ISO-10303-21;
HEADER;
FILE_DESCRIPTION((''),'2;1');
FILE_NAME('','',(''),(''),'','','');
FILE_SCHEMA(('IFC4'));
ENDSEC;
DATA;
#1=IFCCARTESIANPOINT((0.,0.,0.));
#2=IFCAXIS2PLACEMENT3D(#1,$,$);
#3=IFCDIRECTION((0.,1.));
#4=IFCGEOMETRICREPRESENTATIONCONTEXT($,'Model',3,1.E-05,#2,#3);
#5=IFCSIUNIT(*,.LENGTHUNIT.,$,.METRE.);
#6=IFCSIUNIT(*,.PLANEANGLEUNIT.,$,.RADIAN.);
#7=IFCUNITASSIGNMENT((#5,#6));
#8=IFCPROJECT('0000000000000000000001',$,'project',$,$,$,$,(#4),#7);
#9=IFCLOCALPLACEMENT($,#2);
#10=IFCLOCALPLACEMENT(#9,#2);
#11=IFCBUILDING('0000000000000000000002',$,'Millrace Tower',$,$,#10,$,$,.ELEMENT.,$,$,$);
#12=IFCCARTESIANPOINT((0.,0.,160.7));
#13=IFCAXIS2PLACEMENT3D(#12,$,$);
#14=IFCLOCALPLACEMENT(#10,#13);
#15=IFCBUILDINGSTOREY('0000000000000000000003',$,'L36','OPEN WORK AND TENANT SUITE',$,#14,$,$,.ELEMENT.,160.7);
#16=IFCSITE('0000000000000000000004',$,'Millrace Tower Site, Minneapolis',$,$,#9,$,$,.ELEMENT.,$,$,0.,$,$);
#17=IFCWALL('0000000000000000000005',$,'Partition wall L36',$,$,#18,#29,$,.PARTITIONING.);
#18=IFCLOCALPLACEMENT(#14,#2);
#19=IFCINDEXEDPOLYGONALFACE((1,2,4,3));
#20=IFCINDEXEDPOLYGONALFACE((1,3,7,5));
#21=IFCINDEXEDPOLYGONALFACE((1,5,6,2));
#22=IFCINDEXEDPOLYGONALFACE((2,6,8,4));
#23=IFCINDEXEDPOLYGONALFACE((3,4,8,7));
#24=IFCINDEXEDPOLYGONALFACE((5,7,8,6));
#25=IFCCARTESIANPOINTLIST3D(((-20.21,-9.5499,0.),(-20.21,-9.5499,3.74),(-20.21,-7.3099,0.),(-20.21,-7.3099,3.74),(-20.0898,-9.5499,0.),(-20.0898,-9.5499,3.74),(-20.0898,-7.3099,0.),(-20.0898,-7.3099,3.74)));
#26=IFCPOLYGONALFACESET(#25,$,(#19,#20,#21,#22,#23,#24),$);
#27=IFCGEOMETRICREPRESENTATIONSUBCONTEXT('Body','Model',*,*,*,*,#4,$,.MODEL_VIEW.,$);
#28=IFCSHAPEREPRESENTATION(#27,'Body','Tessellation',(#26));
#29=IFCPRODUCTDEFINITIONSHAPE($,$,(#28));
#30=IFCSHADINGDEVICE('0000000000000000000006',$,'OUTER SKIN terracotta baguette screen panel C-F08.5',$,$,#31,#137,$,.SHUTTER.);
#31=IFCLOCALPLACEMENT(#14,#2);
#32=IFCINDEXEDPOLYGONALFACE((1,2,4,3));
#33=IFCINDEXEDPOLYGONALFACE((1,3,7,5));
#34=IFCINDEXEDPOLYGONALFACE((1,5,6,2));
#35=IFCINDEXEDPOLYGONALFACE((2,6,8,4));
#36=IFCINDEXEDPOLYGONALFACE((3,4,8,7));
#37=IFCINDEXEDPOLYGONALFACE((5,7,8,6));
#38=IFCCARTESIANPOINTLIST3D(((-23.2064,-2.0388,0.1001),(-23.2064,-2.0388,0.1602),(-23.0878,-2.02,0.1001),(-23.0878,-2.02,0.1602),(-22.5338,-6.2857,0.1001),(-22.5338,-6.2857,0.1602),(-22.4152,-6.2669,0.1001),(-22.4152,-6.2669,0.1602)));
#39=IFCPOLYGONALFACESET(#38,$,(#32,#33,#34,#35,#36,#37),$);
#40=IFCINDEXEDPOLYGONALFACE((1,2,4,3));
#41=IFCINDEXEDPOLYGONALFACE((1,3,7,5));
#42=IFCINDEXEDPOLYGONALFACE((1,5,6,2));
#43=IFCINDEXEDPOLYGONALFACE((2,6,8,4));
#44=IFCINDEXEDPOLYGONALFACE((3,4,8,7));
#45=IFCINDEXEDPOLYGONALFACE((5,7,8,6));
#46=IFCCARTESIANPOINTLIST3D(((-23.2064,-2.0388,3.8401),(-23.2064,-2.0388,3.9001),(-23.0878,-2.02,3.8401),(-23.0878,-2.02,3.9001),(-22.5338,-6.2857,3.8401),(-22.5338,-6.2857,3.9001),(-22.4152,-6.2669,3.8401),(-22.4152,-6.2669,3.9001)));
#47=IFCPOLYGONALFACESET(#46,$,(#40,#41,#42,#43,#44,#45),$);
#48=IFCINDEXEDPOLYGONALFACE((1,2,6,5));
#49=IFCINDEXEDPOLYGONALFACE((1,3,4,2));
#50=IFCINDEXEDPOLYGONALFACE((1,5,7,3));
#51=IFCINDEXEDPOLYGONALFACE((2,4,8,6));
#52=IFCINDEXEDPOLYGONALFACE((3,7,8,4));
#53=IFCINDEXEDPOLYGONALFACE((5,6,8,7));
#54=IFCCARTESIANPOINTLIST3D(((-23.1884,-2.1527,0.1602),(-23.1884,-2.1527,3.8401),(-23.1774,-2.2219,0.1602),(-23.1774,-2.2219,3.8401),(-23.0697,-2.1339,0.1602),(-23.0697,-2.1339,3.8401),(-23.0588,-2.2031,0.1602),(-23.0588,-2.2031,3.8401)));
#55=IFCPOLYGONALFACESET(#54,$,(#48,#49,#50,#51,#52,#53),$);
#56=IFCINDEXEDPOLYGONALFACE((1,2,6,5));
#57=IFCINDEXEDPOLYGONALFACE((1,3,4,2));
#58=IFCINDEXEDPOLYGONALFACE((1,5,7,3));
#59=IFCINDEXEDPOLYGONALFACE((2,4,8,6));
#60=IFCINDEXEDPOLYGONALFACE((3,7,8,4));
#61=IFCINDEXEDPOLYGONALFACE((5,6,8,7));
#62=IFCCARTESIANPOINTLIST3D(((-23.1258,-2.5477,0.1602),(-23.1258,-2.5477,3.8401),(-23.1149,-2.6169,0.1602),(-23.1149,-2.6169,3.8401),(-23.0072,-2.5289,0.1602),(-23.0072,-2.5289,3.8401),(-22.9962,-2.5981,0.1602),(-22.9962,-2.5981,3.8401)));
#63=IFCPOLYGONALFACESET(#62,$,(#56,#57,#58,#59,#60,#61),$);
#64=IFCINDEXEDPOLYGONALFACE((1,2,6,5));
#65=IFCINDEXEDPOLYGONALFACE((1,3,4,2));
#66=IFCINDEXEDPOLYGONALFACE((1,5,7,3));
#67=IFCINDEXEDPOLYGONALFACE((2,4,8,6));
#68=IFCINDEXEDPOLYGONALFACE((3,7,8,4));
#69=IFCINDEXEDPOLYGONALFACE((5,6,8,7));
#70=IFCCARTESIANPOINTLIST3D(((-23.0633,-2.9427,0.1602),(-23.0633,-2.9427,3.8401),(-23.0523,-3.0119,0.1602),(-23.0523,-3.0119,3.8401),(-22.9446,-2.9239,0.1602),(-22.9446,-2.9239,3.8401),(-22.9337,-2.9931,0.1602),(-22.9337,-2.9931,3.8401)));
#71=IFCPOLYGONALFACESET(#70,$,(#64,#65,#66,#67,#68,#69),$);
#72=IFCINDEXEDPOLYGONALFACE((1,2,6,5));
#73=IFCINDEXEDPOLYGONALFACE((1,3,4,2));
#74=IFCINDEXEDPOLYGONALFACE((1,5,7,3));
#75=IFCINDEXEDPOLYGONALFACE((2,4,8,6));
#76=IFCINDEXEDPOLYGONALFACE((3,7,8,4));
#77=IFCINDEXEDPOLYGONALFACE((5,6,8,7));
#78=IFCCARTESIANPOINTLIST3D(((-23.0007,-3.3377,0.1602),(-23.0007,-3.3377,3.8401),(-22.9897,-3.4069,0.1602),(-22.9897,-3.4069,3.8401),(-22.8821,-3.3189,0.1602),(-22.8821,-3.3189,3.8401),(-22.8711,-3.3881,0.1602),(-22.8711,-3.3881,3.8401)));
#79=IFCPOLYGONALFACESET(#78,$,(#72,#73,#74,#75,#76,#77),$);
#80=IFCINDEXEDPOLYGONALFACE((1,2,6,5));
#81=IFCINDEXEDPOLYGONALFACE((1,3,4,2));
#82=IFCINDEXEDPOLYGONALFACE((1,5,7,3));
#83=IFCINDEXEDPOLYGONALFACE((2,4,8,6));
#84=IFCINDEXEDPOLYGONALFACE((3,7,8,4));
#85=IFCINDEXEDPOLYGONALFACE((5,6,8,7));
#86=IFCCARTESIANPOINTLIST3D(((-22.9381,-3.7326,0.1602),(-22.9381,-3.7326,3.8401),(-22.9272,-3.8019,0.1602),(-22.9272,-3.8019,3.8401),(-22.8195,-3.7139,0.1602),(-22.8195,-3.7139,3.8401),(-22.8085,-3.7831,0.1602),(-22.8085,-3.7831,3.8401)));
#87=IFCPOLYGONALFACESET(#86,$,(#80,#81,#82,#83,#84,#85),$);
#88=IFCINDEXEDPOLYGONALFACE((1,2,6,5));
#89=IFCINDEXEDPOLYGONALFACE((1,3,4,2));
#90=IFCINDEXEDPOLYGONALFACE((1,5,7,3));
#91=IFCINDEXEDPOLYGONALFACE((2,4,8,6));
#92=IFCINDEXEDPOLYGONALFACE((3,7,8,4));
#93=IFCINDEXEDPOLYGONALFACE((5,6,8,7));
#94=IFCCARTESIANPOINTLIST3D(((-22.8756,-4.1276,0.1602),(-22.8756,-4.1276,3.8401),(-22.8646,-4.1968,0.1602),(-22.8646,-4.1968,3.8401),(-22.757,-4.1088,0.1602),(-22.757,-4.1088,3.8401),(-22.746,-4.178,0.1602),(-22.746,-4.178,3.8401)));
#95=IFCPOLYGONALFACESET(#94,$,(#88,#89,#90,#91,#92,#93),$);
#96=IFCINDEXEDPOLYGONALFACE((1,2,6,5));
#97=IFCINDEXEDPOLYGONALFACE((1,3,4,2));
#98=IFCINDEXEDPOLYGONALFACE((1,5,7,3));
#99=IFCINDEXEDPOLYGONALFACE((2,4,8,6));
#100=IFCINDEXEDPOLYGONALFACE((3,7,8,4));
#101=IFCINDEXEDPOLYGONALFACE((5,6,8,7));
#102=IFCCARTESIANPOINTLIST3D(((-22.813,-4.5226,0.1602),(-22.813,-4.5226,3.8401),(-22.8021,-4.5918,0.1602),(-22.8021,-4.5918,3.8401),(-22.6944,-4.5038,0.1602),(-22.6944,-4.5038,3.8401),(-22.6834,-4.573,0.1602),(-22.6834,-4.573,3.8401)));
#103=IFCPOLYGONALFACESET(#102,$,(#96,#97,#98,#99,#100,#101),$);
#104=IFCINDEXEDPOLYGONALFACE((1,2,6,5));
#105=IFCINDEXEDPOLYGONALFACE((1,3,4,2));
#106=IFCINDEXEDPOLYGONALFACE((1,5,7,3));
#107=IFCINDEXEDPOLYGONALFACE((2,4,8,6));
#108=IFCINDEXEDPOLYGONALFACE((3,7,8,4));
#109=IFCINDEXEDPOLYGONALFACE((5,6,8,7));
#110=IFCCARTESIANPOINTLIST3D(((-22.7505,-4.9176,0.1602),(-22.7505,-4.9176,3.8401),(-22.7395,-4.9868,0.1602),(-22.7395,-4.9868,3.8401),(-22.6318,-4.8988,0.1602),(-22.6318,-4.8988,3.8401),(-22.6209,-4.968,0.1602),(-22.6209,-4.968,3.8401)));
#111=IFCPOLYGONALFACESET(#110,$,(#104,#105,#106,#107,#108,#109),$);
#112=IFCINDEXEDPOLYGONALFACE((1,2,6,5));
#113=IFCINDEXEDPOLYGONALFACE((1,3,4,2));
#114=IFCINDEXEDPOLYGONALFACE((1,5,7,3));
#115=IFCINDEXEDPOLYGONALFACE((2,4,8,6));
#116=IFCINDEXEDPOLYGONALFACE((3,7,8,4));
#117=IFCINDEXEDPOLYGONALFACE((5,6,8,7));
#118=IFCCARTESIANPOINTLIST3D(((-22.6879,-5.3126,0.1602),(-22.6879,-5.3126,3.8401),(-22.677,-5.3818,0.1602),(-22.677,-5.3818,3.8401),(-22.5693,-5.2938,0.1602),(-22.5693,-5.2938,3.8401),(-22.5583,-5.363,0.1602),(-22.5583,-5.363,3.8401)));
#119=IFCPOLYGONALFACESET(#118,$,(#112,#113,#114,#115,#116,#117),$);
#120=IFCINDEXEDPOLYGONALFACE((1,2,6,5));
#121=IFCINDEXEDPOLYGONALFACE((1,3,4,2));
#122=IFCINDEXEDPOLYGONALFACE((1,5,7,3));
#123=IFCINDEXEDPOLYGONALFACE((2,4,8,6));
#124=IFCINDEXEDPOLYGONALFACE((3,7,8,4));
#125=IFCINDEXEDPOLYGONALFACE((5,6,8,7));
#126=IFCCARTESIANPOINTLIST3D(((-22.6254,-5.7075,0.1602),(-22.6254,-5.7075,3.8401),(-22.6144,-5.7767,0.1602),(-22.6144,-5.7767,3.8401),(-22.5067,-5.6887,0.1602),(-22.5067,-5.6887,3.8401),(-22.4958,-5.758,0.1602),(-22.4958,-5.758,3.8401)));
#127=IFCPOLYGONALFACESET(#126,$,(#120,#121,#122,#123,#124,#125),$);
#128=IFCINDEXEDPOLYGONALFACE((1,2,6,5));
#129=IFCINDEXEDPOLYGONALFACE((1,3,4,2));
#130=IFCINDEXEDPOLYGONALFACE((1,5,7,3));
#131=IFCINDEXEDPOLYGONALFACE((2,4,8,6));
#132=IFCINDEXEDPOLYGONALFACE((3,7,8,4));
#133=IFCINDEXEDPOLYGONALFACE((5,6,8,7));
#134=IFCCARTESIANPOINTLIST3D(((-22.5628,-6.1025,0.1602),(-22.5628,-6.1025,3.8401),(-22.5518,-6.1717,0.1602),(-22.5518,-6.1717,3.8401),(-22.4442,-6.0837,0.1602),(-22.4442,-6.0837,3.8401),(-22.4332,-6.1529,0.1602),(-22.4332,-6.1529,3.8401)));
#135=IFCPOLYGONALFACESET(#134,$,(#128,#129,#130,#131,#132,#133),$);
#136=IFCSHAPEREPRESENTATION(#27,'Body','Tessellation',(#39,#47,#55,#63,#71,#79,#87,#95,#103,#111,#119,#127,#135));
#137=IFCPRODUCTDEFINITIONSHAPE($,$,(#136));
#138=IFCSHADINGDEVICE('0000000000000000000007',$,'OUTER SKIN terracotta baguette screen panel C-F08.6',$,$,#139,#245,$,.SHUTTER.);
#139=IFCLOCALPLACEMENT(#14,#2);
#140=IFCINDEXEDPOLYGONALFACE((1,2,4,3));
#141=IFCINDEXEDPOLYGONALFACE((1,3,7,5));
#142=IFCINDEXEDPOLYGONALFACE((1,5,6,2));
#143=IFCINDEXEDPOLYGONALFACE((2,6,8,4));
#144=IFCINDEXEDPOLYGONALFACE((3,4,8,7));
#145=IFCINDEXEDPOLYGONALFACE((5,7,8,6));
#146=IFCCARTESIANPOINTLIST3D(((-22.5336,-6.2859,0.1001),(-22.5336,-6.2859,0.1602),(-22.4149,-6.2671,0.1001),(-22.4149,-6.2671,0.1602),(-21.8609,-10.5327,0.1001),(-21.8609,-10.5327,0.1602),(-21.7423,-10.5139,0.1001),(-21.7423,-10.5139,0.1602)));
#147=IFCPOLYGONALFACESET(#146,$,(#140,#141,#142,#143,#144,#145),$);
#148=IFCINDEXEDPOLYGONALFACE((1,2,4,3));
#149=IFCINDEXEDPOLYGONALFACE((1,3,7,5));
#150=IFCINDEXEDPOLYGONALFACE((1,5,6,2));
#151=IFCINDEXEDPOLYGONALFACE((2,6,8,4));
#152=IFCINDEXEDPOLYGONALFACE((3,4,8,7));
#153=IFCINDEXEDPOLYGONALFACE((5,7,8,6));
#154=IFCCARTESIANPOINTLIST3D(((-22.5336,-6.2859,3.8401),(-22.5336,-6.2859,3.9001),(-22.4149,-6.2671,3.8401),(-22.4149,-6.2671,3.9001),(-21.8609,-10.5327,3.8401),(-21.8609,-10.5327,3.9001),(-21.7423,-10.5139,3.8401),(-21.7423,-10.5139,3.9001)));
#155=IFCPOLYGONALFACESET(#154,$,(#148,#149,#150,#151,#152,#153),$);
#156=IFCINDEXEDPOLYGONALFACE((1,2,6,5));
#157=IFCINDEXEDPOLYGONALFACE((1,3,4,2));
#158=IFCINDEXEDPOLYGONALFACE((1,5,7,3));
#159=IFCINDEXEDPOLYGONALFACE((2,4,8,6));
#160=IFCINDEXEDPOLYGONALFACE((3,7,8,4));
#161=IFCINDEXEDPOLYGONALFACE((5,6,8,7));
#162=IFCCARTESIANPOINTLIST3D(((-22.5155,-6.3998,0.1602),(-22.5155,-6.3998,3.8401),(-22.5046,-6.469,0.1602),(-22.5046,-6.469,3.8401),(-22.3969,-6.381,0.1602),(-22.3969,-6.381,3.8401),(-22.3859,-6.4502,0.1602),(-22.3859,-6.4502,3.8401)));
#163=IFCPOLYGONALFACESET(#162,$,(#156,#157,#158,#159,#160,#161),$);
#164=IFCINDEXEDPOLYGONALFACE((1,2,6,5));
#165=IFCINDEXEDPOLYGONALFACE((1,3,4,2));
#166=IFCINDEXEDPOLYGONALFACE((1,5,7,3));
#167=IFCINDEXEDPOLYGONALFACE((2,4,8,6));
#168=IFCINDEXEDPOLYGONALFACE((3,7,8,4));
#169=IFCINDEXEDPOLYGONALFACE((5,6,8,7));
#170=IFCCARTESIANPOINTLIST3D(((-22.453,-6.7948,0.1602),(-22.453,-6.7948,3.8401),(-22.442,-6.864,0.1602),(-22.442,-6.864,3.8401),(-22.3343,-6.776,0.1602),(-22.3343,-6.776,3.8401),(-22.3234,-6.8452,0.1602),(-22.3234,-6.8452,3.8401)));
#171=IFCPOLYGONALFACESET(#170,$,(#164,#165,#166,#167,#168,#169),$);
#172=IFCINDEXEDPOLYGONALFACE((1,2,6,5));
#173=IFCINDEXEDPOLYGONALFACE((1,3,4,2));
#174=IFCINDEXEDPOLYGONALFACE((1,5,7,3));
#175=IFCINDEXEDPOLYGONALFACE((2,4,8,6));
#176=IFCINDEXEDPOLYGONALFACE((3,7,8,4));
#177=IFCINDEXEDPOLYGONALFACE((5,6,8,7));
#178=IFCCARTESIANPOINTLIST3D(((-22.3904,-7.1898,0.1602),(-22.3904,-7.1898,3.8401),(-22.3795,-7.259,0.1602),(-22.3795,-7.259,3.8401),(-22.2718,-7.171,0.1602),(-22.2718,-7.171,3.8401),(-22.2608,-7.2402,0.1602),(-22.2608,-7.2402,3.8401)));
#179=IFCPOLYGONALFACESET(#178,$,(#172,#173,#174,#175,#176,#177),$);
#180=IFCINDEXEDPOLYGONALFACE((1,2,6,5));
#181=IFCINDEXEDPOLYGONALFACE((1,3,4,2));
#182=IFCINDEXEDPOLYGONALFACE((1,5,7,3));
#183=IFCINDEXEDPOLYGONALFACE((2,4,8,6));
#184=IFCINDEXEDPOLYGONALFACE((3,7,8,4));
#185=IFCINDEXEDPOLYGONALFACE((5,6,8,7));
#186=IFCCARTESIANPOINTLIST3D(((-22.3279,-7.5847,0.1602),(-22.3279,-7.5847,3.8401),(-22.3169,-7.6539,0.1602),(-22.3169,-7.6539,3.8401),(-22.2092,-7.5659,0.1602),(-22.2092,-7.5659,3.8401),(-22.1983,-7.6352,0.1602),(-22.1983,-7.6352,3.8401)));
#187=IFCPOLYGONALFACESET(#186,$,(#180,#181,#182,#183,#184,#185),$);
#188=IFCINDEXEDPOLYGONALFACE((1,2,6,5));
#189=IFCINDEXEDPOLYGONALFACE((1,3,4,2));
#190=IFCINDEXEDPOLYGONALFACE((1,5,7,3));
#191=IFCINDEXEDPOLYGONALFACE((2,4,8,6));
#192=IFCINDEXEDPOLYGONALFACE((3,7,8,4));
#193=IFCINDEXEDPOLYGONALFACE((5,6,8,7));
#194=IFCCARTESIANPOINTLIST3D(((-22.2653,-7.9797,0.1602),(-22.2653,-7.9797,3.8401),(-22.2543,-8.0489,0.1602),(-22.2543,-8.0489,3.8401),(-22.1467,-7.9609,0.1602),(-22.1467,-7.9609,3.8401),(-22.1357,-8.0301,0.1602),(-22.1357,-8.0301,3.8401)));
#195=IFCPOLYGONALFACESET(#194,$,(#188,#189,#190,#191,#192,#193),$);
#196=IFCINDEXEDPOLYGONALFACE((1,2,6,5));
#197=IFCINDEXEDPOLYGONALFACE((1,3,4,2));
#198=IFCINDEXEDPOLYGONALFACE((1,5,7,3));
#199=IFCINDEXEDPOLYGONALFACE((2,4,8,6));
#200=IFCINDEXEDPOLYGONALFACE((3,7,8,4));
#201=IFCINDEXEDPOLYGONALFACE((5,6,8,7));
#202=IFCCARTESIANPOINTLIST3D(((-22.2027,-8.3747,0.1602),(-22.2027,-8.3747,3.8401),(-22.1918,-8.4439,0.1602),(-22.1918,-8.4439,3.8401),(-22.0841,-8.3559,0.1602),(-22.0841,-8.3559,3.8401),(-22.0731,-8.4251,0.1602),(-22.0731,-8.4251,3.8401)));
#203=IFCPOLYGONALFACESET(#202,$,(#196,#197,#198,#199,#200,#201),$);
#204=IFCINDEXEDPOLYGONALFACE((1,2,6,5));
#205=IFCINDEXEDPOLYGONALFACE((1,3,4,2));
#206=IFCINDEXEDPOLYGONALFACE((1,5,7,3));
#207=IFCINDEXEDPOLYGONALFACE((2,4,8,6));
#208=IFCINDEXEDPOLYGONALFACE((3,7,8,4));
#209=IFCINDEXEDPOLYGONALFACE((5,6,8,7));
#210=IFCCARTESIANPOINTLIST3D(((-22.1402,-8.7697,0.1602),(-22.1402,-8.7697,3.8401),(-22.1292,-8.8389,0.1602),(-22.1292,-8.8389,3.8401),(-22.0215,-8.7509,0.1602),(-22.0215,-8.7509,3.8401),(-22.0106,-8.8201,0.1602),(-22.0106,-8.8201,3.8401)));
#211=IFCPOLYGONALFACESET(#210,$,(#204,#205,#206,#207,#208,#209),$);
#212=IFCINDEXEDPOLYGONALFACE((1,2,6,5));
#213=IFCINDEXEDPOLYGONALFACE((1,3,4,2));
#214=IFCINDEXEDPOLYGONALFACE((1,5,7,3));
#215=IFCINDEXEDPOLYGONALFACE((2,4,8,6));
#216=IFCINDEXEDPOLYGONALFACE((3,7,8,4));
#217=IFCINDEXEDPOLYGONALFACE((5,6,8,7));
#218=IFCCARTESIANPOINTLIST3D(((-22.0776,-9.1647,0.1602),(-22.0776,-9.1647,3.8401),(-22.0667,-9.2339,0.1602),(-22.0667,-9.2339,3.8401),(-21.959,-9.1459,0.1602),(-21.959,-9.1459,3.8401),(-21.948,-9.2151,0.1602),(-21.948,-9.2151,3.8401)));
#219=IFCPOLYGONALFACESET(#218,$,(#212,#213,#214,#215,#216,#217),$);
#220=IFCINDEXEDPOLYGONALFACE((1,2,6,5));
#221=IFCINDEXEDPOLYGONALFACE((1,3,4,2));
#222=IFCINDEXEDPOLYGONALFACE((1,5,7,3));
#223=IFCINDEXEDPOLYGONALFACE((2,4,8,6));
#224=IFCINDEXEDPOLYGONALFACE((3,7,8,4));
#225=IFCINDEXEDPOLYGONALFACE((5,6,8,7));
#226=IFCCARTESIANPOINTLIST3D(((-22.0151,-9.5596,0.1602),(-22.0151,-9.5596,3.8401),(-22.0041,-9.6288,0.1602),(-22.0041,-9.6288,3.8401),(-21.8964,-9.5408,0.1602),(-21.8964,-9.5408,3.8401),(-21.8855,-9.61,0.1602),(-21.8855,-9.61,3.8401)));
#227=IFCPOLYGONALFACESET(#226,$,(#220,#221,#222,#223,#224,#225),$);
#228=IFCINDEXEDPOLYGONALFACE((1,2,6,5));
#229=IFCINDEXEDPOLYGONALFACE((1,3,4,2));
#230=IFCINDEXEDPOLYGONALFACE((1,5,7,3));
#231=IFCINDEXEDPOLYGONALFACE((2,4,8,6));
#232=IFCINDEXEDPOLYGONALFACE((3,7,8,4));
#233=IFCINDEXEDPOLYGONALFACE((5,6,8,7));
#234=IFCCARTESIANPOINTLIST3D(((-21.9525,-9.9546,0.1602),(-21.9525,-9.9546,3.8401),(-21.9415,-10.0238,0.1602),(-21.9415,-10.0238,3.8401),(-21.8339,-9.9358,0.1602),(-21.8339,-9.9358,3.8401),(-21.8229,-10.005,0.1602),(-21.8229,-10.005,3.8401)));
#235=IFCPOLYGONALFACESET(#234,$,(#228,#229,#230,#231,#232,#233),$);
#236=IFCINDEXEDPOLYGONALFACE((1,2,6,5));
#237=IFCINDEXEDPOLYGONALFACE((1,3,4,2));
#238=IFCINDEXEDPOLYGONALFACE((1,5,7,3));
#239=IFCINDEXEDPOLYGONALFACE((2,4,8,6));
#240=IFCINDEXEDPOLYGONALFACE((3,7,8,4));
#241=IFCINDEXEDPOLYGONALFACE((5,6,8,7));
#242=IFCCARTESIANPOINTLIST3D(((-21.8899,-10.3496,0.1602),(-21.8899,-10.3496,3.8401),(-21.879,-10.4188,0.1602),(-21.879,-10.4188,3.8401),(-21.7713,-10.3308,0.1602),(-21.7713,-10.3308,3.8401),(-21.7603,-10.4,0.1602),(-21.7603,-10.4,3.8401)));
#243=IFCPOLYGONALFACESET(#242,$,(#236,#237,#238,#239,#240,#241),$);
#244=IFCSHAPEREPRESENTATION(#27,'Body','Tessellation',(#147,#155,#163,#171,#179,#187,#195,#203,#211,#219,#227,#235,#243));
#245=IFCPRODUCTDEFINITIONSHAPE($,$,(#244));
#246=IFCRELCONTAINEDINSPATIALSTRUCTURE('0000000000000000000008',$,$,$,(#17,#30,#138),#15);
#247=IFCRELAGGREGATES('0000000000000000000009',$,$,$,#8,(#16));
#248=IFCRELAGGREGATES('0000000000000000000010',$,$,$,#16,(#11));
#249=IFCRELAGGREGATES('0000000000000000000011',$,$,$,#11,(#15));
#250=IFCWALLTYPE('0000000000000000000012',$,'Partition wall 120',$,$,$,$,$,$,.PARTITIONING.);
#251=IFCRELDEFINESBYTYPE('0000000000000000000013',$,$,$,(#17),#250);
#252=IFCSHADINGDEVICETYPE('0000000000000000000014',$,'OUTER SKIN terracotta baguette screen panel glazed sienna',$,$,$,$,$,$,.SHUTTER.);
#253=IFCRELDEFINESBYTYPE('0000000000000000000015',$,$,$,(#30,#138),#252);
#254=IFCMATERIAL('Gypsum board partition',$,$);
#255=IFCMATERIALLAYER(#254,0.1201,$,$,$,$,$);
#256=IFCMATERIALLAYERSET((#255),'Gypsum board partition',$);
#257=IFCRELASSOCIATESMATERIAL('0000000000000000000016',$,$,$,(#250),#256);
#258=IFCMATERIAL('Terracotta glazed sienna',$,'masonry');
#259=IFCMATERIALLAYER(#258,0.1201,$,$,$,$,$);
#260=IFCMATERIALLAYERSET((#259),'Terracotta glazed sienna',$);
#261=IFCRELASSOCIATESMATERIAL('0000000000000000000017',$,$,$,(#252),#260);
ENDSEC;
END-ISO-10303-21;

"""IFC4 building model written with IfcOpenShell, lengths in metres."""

from ifc_helpers import new_model, entity, si_unit, direction, frame, frame_2d, origin, origin_2d, place, context, subcontext, project, spatial, rectangle, extrude, source, transform, mapped, material, layer, layer_set, type_object, element, save


model = new_model("IFC4")

# Units and contexts
model_context = context("Model", 3, precision=1e-05, world=origin(), true_north=direction((0.0, 1.0)))
body_context = subcontext(model_context, "Body", "Model", "MODEL_VIEW")
ifc_project = project(units=[si_unit("LENGTHUNIT", "METRE"), si_unit("PLANEANGLEUNIT", "RADIAN")], contexts=[model_context])

# Site, building, storey
site_placement = place(None, origin())
site = spatial("IfcSite", under=ifc_project, at=site_placement, Name="Millrace Tower Site, Minneapolis", CompositionType="ELEMENT", RefElevation=0.0)
building_placement = place(site_placement, origin())
building = spatial("IfcBuilding", under=site, at=building_placement, Name="Millrace Tower", CompositionType="ELEMENT")
storey_placement = place(building_placement, frame((0.0, 0.0, 160.7)))
storey = spatial("IfcBuildingStorey", under=building, at=storey_placement, Name="L36", Description="OPEN WORK AND TENANT SUITE", CompositionType="ELEMENT", Elevation=160.7)

# Wall
ifc_material_1 = material(Name="Gypsum board partition")
ifc_layer_1 = layer(ifc_material_1, 0.1201)
ifc_layer_set_1 = layer_set([ifc_layer_1], Name="Gypsum board partition")
wall_type_1 = type_object("IfcWallType", Name="Partition wall 120", PredefinedType="PARTITIONING", material=ifc_layer_set_1)
wall_1_placement = place(storey_placement, frame((-20.1499, -9.55, 0.0), z_axis=(0.0, 0.0, 1.0), x_axis=(0.0, 1.0, 0.0)))
element("IfcWall", 1, at=wall_1_placement, inside=storey, type_object=wall_type_1, Name="Partition wall L36", PredefinedType="PARTITIONING", context=body_context, shape_type="SweptSolid", body=[
    extrude(rectangle(XDim=2.24, YDim=0.1201, at=frame_2d((1.1201, 0.0))), origin(), (0.0, 0.0, 1.0), 3.74),
])

# Shading devices
ifc_material_2 = material(Name="Terracotta glazed sienna", Category="masonry")
ifc_layer_2 = layer(ifc_material_2, 0.1201)
ifc_layer_set_2 = layer_set([ifc_layer_2], Name="Terracotta glazed sienna")
shading_device_type = type_object("IfcShadingDeviceType", Name="OUTER SKIN terracotta baguette screen panel glazed sienna", PredefinedType="SHUTTER", material=ifc_layer_set_2)
cartesian_point = entity("IfcCartesianPoint", [-2.1499, 0.0601])
shared_polyline = entity("IfcPolyline", [cartesian_point, entity("IfcCartesianPoint", [2.1499, 0.0601]), entity("IfcCartesianPoint", [2.1499, -0.0601]), entity("IfcCartesianPoint", [-2.1499, -0.0601]), cartesian_point])
shared_shape = source(origin(), body_context, "Body", "SweptSolid", [
    entity("IfcExtrudedAreaSolid", entity("IfcArbitraryClosedProfileDef", "AREA", None, shared_polyline), entity("IfcAxis2Placement3D", entity("IfcCartesianPoint", [0.0, 0.0, 0.0])), entity("IfcDirection", [0.0, 0.0, 1.0]), 0.0601),
    entity("IfcExtrudedAreaSolid", entity("IfcArbitraryClosedProfileDef", "AREA", None, shared_polyline), entity("IfcAxis2Placement3D", entity("IfcCartesianPoint", [0.0, 0.0, 3.74])), entity("IfcDirection", [0.0, 0.0, 1.0]), 0.0601),
    extrude(rectangle(XDim=0.0701, YDim=0.1201, at=frame_2d((-1.9995, 0.0))), frame((0.0, 0.0, 0.0601)), (0.0, 0.0, 1.0), 3.6799),
    extrude(rectangle(XDim=0.0701, YDim=0.1201, at=frame_2d((-1.5996, 0.0))), frame((0.0, 0.0, 0.0601)), (0.0, 0.0, 1.0), 3.6799),
    extrude(rectangle(XDim=0.0701, YDim=0.1201, at=frame_2d((-1.1997, 0.0))), frame((0.0, 0.0, 0.0601)), (0.0, 0.0, 1.0), 3.6799),
    extrude(rectangle(XDim=0.0701, YDim=0.1201, at=frame_2d((-0.7998, 0.0))), frame((0.0, 0.0, 0.0601)), (0.0, 0.0, 1.0), 3.6799),
    extrude(rectangle(XDim=0.0701, YDim=0.1201, at=frame_2d((-0.3999, 0.0))), frame((0.0, 0.0, 0.0601)), (0.0, 0.0, 1.0), 3.6799),
    extrude(rectangle(XDim=0.0701, YDim=0.1201, at=origin_2d()), frame((0.0, 0.0, 0.0601)), (0.0, 0.0, 1.0), 3.6799),
    extrude(rectangle(XDim=0.0701, YDim=0.1201, at=frame_2d((0.3999, 0.0))), frame((0.0, 0.0, 0.0601)), (0.0, 0.0, 1.0), 3.6799),
    extrude(rectangle(XDim=0.0701, YDim=0.1201, at=frame_2d((0.7998, 0.0))), frame((0.0, 0.0, 0.0601)), (0.0, 0.0, 1.0), 3.6799),
    extrude(rectangle(XDim=0.0701, YDim=0.1201, at=frame_2d((1.1997, 0.0))), frame((0.0, 0.0, 0.0601)), (0.0, 0.0, 1.0), 3.6799),
    extrude(rectangle(XDim=0.0701, YDim=0.1201, at=frame_2d((1.5996, 0.0))), frame((0.0, 0.0, 0.0601)), (0.0, 0.0, 1.0), 3.6799),
    extrude(rectangle(XDim=0.0701, YDim=0.1201, at=frame_2d((1.9995, 0.0))), frame((0.0, 0.0, 0.0601)), (0.0, 0.0, 1.0), 3.6799),
])
for number, where, z_axis, x_axis, name in (
    (2, (-22.8108, -4.1528, 0.1001), (0.0, 0.0, 1.0), (0.156434, -0.987688, 0.0), "OUTER SKIN terracotta baguette screen panel C-F08.5"),
    (3, (-22.1379, -8.3999, 0.1001), (0.0, 0.0, 1.0), (0.156434, -0.987688, 0.0), "OUTER SKIN terracotta baguette screen panel C-F08.6"),
):
    element("IfcShadingDevice", number, at=place(storey_placement, frame(where, z_axis=z_axis, x_axis=x_axis)), inside=storey, type_object=shading_device_type, Name=name, PredefinedType="SHUTTER", context=body_context, shape_type="MappedRepresentation", body=[
        mapped(shared_shape, transform((0.0, 0.0, 0.0), scale=1.0)),
    ])

save(model, "model.ifc")
